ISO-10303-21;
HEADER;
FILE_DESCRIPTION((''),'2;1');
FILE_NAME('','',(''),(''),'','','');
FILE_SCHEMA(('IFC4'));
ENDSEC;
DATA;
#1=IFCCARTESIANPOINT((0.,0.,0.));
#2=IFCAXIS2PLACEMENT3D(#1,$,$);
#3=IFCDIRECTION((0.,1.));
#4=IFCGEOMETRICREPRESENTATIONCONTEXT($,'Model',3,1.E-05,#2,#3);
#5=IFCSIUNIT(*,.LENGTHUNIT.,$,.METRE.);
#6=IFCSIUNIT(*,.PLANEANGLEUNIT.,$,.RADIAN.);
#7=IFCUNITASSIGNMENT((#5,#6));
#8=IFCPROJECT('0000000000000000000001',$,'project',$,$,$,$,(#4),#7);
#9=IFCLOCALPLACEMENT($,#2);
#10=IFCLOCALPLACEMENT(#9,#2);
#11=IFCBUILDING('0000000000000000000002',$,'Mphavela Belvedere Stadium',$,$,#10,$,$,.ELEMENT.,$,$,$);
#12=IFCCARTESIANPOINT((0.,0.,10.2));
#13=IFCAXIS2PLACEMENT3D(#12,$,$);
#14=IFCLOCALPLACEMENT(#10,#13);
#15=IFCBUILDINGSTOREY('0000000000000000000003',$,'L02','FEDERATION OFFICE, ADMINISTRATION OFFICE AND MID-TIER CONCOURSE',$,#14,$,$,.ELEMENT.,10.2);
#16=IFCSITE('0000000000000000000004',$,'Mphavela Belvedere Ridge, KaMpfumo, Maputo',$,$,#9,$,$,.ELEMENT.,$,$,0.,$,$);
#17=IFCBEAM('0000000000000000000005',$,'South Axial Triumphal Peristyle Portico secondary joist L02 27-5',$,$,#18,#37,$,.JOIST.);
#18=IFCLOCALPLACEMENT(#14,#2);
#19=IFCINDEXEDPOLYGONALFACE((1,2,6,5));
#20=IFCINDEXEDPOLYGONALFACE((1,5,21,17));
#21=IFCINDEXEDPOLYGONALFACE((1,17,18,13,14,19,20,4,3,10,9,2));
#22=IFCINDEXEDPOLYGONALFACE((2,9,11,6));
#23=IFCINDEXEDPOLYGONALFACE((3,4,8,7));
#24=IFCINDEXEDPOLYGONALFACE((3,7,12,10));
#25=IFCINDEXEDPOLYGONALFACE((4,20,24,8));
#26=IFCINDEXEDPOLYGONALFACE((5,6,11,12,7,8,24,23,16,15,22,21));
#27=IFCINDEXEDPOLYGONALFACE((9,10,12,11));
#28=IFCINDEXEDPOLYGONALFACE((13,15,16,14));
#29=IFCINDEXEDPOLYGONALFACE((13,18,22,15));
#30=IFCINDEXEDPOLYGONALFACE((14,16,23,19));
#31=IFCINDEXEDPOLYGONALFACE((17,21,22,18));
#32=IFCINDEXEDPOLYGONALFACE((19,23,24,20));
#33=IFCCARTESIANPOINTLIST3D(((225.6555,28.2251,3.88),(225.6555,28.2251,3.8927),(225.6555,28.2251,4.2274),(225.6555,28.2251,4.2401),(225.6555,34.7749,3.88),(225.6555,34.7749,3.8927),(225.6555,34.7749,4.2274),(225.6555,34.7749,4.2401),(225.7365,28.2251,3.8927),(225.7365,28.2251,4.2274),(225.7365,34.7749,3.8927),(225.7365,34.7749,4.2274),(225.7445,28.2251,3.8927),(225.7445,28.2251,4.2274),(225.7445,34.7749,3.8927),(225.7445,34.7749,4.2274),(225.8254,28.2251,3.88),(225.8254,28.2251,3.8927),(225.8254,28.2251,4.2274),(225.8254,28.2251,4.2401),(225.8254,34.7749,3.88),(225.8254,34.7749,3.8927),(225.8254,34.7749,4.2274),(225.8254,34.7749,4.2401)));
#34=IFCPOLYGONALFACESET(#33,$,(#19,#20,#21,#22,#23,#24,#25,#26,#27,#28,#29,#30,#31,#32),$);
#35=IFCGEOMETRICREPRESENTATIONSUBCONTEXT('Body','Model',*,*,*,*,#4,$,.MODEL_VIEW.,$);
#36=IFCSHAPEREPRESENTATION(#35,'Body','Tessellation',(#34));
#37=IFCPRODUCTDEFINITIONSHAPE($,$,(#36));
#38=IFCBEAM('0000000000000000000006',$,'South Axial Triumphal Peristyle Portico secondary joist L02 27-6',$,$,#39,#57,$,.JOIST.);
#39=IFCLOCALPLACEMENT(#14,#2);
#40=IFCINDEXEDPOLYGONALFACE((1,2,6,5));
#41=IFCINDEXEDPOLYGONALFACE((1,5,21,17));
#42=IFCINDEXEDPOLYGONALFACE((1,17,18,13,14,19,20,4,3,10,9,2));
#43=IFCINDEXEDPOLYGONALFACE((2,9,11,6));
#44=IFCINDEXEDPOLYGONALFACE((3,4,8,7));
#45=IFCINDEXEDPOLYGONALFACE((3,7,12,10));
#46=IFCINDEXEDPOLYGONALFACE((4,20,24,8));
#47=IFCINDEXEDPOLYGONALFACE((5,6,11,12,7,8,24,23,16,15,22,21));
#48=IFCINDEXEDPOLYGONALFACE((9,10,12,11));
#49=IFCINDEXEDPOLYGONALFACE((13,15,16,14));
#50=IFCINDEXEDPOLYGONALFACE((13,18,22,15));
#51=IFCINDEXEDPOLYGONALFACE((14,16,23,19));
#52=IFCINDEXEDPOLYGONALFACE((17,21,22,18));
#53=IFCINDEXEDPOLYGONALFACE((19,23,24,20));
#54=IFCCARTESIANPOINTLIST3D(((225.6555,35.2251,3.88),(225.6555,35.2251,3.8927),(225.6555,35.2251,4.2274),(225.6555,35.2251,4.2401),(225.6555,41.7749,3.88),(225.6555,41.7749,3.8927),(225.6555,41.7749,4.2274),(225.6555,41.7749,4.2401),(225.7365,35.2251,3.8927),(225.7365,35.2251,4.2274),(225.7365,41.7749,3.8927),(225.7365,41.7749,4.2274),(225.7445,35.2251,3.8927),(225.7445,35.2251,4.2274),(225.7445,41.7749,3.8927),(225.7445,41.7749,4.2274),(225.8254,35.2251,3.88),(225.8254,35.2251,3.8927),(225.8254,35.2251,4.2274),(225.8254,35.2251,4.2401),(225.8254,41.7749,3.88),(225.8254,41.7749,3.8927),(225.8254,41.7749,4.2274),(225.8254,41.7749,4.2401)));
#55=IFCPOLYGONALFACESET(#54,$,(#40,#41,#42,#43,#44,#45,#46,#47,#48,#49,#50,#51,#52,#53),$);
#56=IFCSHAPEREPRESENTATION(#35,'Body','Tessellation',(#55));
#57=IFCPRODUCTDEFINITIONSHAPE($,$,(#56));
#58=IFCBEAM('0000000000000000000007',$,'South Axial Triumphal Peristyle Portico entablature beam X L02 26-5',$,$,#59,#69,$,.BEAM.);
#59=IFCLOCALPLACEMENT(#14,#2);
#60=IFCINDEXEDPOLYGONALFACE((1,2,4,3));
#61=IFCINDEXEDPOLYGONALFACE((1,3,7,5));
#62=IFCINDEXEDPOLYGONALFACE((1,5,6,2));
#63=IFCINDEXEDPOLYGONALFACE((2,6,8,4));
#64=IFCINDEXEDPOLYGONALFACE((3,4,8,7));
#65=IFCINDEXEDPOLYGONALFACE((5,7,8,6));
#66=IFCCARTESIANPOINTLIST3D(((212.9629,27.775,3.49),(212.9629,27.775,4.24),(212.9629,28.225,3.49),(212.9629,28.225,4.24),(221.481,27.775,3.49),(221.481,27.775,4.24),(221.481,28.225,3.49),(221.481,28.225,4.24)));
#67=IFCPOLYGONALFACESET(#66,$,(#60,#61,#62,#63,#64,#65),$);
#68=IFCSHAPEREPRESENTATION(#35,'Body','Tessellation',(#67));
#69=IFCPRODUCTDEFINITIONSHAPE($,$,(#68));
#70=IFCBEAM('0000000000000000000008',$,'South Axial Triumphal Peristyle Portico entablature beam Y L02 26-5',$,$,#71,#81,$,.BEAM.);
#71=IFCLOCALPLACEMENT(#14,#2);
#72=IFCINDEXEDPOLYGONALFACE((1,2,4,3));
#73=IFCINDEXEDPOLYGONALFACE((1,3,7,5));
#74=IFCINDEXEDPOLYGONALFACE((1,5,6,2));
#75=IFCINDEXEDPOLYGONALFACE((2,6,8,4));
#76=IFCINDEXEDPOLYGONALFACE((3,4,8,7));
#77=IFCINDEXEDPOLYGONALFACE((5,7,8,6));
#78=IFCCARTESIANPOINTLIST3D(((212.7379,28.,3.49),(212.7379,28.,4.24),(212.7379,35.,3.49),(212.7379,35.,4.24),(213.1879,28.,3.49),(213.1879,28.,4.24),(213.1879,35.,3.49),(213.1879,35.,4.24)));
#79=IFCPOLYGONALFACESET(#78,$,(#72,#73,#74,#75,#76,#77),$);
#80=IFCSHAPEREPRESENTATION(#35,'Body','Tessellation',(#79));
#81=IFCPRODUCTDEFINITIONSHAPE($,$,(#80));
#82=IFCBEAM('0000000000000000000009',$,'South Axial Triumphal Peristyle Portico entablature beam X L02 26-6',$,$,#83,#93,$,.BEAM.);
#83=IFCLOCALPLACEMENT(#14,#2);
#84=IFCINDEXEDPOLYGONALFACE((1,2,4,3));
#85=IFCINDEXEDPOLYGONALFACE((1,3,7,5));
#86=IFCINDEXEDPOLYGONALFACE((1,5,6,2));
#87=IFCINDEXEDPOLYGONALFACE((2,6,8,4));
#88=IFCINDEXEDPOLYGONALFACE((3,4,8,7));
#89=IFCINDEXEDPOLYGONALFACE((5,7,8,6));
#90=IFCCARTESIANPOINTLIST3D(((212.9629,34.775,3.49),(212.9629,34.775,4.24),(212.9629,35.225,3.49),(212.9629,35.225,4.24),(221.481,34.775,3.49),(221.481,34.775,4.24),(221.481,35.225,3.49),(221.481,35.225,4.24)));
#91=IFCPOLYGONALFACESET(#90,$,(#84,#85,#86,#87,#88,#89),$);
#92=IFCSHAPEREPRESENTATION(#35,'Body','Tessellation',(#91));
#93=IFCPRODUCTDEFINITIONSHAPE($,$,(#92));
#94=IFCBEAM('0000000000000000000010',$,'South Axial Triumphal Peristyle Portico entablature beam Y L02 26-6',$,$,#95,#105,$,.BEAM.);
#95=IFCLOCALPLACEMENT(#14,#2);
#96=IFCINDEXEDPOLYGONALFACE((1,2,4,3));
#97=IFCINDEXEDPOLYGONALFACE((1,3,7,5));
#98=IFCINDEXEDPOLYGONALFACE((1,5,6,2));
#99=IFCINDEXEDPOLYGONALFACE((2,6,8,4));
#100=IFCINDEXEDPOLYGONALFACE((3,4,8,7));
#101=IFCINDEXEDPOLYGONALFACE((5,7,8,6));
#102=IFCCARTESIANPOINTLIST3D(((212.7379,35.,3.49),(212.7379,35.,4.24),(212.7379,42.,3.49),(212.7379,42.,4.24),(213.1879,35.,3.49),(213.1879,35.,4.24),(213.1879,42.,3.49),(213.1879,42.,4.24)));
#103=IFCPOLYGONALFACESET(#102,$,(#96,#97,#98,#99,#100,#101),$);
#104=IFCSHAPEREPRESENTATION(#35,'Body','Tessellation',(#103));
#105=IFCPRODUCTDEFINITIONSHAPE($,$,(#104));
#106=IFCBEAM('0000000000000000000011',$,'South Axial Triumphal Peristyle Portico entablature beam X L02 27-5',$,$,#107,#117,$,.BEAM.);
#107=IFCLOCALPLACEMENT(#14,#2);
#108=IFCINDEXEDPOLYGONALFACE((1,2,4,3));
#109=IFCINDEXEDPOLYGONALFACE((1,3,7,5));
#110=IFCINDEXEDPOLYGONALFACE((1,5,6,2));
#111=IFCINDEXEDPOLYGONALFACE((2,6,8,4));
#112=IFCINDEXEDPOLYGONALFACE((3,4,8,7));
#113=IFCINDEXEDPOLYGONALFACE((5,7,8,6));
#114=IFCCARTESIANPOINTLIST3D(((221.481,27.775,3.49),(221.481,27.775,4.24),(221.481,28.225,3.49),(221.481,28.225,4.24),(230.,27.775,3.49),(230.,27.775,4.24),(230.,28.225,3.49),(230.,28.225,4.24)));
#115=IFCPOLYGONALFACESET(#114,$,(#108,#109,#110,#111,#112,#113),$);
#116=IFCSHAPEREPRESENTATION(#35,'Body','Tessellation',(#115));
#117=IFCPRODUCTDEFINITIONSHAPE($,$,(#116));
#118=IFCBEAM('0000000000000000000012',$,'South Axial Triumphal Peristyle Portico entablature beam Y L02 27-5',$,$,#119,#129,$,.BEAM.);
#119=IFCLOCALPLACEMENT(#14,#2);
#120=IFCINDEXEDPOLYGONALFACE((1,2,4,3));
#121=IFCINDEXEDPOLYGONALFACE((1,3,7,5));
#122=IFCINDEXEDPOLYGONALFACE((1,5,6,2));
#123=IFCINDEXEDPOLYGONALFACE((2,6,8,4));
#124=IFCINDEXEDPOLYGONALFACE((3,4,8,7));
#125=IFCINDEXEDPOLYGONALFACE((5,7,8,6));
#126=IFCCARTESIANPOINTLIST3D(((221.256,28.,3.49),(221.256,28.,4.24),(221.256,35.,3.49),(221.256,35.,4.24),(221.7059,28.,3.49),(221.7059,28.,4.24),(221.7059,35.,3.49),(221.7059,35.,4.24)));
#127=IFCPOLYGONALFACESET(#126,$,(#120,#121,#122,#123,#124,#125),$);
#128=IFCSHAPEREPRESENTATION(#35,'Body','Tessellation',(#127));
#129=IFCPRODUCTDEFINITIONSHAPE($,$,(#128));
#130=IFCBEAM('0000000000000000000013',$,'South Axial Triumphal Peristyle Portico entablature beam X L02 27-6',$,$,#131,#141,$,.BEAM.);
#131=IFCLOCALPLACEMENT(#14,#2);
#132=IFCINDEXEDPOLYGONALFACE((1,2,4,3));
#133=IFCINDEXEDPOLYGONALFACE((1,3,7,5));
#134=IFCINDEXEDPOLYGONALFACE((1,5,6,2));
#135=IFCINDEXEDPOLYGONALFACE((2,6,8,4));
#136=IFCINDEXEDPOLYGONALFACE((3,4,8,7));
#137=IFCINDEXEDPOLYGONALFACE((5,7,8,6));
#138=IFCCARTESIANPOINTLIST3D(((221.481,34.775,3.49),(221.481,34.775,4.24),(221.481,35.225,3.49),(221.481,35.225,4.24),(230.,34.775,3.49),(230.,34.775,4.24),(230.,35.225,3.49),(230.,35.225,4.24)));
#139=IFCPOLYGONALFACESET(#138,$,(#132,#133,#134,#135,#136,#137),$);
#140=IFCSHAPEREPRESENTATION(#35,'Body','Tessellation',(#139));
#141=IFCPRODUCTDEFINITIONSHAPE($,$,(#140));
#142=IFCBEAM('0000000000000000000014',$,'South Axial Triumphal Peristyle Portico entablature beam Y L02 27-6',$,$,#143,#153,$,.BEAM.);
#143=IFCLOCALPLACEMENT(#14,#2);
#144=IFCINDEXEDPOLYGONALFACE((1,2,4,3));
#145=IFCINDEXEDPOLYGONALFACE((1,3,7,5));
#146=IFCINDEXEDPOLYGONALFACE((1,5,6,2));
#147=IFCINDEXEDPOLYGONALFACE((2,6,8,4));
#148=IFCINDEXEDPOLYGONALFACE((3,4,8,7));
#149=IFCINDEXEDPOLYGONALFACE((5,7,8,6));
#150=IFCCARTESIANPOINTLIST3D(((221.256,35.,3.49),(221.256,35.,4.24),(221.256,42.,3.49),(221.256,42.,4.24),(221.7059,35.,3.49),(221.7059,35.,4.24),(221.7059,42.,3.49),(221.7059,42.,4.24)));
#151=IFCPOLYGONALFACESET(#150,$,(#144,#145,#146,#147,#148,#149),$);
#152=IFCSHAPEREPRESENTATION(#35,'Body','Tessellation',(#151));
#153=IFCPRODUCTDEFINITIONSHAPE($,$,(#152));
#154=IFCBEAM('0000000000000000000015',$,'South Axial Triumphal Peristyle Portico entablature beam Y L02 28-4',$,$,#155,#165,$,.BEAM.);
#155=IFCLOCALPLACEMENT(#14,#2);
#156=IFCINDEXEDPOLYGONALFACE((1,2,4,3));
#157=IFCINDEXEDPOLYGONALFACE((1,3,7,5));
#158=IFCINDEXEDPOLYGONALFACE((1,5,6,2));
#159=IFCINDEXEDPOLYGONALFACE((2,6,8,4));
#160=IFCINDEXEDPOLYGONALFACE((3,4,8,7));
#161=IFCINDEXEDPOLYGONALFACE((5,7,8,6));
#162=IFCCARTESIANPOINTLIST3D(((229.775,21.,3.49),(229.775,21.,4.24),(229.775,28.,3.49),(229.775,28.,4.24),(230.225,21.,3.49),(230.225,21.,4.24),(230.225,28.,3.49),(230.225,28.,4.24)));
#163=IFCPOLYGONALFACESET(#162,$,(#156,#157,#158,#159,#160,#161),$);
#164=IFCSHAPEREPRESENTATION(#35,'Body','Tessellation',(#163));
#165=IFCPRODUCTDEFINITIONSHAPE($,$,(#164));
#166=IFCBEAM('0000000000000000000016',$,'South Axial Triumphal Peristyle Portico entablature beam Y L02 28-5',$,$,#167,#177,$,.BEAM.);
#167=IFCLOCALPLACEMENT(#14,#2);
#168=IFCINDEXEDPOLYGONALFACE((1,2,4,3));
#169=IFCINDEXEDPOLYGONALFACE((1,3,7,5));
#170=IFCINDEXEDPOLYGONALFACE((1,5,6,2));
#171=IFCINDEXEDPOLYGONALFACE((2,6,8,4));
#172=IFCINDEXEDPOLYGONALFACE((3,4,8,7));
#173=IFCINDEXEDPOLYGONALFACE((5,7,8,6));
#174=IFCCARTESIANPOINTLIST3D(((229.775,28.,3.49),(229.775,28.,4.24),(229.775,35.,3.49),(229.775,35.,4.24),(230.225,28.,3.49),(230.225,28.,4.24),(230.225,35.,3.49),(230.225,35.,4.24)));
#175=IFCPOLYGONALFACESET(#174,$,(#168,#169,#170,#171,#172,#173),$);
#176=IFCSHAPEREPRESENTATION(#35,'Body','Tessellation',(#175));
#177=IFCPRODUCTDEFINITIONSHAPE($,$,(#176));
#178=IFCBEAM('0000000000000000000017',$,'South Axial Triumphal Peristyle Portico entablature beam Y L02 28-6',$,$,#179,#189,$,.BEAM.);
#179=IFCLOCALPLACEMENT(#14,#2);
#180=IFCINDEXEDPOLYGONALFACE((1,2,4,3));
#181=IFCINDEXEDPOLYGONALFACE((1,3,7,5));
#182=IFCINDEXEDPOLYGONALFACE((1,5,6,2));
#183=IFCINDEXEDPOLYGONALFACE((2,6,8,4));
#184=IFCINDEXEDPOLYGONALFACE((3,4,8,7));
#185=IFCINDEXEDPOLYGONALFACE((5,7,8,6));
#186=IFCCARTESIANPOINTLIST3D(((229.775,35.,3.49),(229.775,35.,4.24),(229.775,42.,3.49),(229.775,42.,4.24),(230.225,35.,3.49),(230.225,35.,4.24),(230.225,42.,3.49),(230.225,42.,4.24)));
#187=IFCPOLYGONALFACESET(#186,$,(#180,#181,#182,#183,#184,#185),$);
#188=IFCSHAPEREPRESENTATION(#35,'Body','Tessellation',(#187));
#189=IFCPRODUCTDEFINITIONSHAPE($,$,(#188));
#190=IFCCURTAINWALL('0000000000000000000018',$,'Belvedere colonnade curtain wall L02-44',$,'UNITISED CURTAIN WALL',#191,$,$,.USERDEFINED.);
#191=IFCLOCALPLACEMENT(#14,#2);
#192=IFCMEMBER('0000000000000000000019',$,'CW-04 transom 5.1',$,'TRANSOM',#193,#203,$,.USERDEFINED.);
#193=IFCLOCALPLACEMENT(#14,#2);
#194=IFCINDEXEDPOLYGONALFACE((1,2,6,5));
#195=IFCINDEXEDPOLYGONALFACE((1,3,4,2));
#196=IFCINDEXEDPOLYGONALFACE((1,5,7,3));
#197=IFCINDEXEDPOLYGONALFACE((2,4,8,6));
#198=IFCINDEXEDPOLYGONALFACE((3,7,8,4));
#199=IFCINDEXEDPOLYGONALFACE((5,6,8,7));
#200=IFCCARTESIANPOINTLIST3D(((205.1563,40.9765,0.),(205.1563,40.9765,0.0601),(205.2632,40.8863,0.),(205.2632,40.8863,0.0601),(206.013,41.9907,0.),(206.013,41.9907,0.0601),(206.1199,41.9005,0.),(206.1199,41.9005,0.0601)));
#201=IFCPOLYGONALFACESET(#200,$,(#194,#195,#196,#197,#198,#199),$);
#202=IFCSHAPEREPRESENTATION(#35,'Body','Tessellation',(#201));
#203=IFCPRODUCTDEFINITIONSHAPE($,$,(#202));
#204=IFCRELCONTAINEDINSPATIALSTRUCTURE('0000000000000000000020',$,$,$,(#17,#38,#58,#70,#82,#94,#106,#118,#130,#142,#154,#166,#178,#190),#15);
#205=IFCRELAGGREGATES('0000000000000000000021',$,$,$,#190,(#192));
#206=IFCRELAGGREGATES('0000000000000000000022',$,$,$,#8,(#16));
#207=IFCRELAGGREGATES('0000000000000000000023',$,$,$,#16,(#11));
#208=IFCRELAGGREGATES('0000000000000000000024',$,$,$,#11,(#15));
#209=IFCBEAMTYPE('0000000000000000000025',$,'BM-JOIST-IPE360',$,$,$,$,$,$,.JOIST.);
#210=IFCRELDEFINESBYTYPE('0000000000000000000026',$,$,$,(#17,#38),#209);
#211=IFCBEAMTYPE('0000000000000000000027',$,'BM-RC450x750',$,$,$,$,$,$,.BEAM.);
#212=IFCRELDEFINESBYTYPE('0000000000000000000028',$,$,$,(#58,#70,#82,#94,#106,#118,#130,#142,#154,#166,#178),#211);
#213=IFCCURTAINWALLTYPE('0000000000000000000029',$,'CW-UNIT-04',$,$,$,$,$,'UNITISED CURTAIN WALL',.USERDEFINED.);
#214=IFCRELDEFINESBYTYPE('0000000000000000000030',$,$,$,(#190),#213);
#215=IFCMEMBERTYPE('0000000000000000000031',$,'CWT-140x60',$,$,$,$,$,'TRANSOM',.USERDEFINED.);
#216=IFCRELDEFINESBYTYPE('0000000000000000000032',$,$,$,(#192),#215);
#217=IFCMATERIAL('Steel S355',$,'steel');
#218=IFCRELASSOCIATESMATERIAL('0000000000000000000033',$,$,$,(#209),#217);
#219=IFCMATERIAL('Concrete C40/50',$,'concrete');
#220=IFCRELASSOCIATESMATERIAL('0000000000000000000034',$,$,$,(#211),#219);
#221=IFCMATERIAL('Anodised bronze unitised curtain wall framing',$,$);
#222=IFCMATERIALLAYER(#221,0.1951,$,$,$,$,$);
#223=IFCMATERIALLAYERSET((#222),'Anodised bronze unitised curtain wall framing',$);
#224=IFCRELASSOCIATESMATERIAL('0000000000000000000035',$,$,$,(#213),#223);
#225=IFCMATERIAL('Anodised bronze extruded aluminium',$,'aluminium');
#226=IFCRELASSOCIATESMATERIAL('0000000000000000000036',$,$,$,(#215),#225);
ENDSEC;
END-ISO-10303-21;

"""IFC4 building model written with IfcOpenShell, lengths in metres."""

from ifc_helpers import new_model, si_unit, direction, frame, origin, origin_2d, place, context, subcontext, project, spatial, rectangle, i_section, extrude, material, layer, layer_set, material_profile, profile_set, type_object, element, aggregate, save


model = new_model("IFC4")

# Units and contexts
model_context = context("Model", 3, precision=1e-05, world=origin(), true_north=direction((0.0, 1.0)))
body_context = subcontext(model_context, "Body", "Model", "MODEL_VIEW")
ifc_project = project(units=[si_unit("LENGTHUNIT", "METRE"), si_unit("PLANEANGLEUNIT", "RADIAN")], contexts=[model_context])

# Site, building, storey
site_placement = place(None, origin())
site = spatial("IfcSite", under=ifc_project, at=site_placement, Name="Mphavela Belvedere Ridge, KaMpfumo, Maputo", CompositionType="ELEMENT", RefElevation=0.0)
building_placement = place(site_placement, origin())
building = spatial("IfcBuilding", under=site, at=building_placement, Name="Mphavela Belvedere Stadium", CompositionType="ELEMENT")
storey_placement = place(building_placement, frame((0.0, 0.0, 10.2)))
storey = spatial("IfcBuildingStorey", under=building, at=storey_placement, Name="L02", Description="FEDERATION OFFICE, ADMINISTRATION OFFICE AND MID-TIER CONCOURSE", CompositionType="ELEMENT", Elevation=10.2)

# Beams
ifc_material_1 = material(Name="Steel S355", Category="steel")
ifc_material_profile_1 = material_profile(ifc_material_1, i_section(OverallWidth=0.1699, OverallDepth=0.3601, WebThickness=0.0081, FlangeThickness=0.0127, at=origin_2d()), Name="IPE 360")
ifc_profile_set_1 = profile_set([ifc_material_profile_1], Name="Steel S355")
beam_type_1 = type_object("IfcBeamType", Name="BM-JOIST-IPE360", PredefinedType="JOIST", material=ifc_profile_set_1)
for number, where, z_axis, x_axis, name in (
    (1, (225.7405, 28.2251, 4.0601), (0.0, 1.0, 0.0), (-1.0, 0.0, 0.0), "South Axial Triumphal Peristyle Portico secondary joist L02 27-5"),
    (2, (225.7405, 35.2251, 4.0601), (0.0, 1.0, 0.0), (-1.0, 0.0, 0.0), "South Axial Triumphal Peristyle Portico secondary joist L02 27-6"),
):
    element("IfcBeam", number, at=place(storey_placement, frame(where, z_axis=z_axis, x_axis=x_axis)), inside=storey, type_object=beam_type_1, Name=name, PredefinedType="JOIST", context=body_context, shape_type="SweptSolid", body=[
        extrude(i_section(OverallWidth=0.1699, OverallDepth=0.3601, WebThickness=0.0081, FlangeThickness=0.0127, at=origin_2d()), origin(), (0.0, 0.0, 1.0), 6.5498),
    ])
ifc_material_2 = material(Name="Concrete C40/50", Category="concrete")
ifc_material_profile_2 = material_profile(ifc_material_2, rectangle(XDim=0.45, YDim=0.75, at=origin_2d()), Name="RC 450x750")
ifc_profile_set_2 = profile_set([ifc_material_profile_2], Name="Concrete C40/50")
beam_type_2 = type_object("IfcBeamType", Name="BM-RC450x750", PredefinedType="BEAM", material=ifc_profile_set_2)
beam_1_placement = place(storey_placement, frame((212.9629, 28.0, 3.865), z_axis=(1.0, 0.0, 0.0), x_axis=(0.0, 1.0, 0.0)))
element("IfcBeam", 3, at=beam_1_placement, inside=storey, type_object=beam_type_2, Name="South Axial Triumphal Peristyle Portico entablature beam X L02 26-5", PredefinedType="BEAM", context=body_context, shape_type="SweptSolid", body=[
    extrude(rectangle(XDim=0.45, YDim=0.75, at=origin_2d()), origin(), (0.0, 0.0, 1.0), 8.5181),
])
beam_2_placement = place(storey_placement, frame((212.9629, 28.0, 3.865), z_axis=(0.0, 1.0, 0.0), x_axis=(-1.0, 0.0, 0.0)))
element("IfcBeam", 4, at=beam_2_placement, inside=storey, type_object=beam_type_2, Name="South Axial Triumphal Peristyle Portico entablature beam Y L02 26-5", PredefinedType="BEAM", context=body_context, shape_type="SweptSolid", body=[
    extrude(rectangle(XDim=0.45, YDim=0.75, at=origin_2d()), origin(), (0.0, 0.0, 1.0), 7.0),
])
beam_3_placement = place(storey_placement, frame((212.9629, 35.0, 3.865), z_axis=(1.0, 0.0, 0.0), x_axis=(0.0, 1.0, 0.0)))
element("IfcBeam", 5, at=beam_3_placement, inside=storey, type_object=beam_type_2, Name="South Axial Triumphal Peristyle Portico entablature beam X L02 26-6", PredefinedType="BEAM", context=body_context, shape_type="SweptSolid", body=[
    extrude(rectangle(XDim=0.45, YDim=0.75, at=origin_2d()), origin(), (0.0, 0.0, 1.0), 8.5181),
])
beam_4_placement = place(storey_placement, frame((212.9629, 35.0, 3.865), z_axis=(0.0, 1.0, 0.0), x_axis=(-1.0, 0.0, 0.0)))
element("IfcBeam", 6, at=beam_4_placement, inside=storey, type_object=beam_type_2, Name="South Axial Triumphal Peristyle Portico entablature beam Y L02 26-6", PredefinedType="BEAM", context=body_context, shape_type="SweptSolid", body=[
    extrude(rectangle(XDim=0.45, YDim=0.75, at=origin_2d()), origin(), (0.0, 0.0, 1.0), 7.0),
])
beam_5_placement = place(storey_placement, frame((221.481, 28.0, 3.865), z_axis=(1.0, 0.0, 0.0), x_axis=(0.0, 1.0, 0.0)))
element("IfcBeam", 7, at=beam_5_placement, inside=storey, type_object=beam_type_2, Name="South Axial Triumphal Peristyle Portico entablature beam X L02 27-5", PredefinedType="BEAM", context=body_context, shape_type="SweptSolid", body=[
    extrude(rectangle(XDim=0.45, YDim=0.75, at=origin_2d()), origin(), (0.0, 0.0, 1.0), 8.519),
])
beam_6_placement = place(storey_placement, frame((221.481, 28.0, 3.865), z_axis=(0.0, 1.0, 0.0), x_axis=(-1.0, 0.0, 0.0)))
element("IfcBeam", 8, at=beam_6_placement, inside=storey, type_object=beam_type_2, Name="South Axial Triumphal Peristyle Portico entablature beam Y L02 27-5", PredefinedType="BEAM", context=body_context, shape_type="SweptSolid", body=[
    extrude(rectangle(XDim=0.45, YDim=0.75, at=origin_2d()), origin(), (0.0, 0.0, 1.0), 7.0),
])
beam_7_placement = place(storey_placement, frame((221.481, 35.0, 3.865), z_axis=(1.0, 0.0, 0.0), x_axis=(0.0, 1.0, 0.0)))
element("IfcBeam", 9, at=beam_7_placement, inside=storey, type_object=beam_type_2, Name="South Axial Triumphal Peristyle Portico entablature beam X L02 27-6", PredefinedType="BEAM", context=body_context, shape_type="SweptSolid", body=[
    extrude(rectangle(XDim=0.45, YDim=0.75, at=origin_2d()), origin(), (0.0, 0.0, 1.0), 8.519),
])
for number, where, z_axis, x_axis, name in (
    (10, (221.481, 35.0, 3.865), (0.0, 1.0, 0.0), (-1.0, 0.0, 0.0), "South Axial Triumphal Peristyle Portico entablature beam Y L02 27-6"),
    (11, (230.0, 21.0, 3.865), (0.0, 1.0, 0.0), (-1.0, 0.0, 0.0), "South Axial Triumphal Peristyle Portico entablature beam Y L02 28-4"),
    (12, (230.0, 28.0, 3.865), (0.0, 1.0, 0.0), (-1.0, 0.0, 0.0), "South Axial Triumphal Peristyle Portico entablature beam Y L02 28-5"),
    (13, (230.0, 35.0, 3.865), (0.0, 1.0, 0.0), (-1.0, 0.0, 0.0), "South Axial Triumphal Peristyle Portico entablature beam Y L02 28-6"),
):
    element("IfcBeam", number, at=place(storey_placement, frame(where, z_axis=z_axis, x_axis=x_axis)), inside=storey, type_object=beam_type_2, Name=name, PredefinedType="BEAM", context=body_context, shape_type="SweptSolid", body=[
        extrude(rectangle(XDim=0.45, YDim=0.75, at=origin_2d()), origin(), (0.0, 0.0, 1.0), 7.0),
    ])

# Curtain wall, member
ifc_material_3 = material(Name="Anodised bronze unitised curtain wall framing")
ifc_layer_1 = layer(ifc_material_3, 0.1951)
ifc_layer_set_1 = layer_set([ifc_layer_1], Name="Anodised bronze unitised curtain wall framing")
curtain_wall_type = type_object("IfcCurtainWallType", Name="CW-UNIT-04", ElementType="UNITISED CURTAIN WALL", PredefinedType="USERDEFINED", material=ifc_layer_set_1)
curtain_wall_placement = place(storey_placement, origin())
curtain_wall = element("IfcCurtainWall", 14, at=curtain_wall_placement, inside=storey, type_object=curtain_wall_type, Name="Belvedere colonnade curtain wall L02-44", ObjectType="UNITISED CURTAIN WALL", PredefinedType="USERDEFINED")
ifc_material_4 = material(Name="Anodised bronze extruded aluminium", Category="aluminium")
ifc_material_profile_3 = material_profile(ifc_material_4, rectangle(XDim=0.1399, YDim=0.0601, at=origin_2d()), Name="CW-TRN 140x60")
ifc_profile_set_3 = profile_set([ifc_material_profile_3], Name="Anodised bronze extruded aluminium")
member_type = type_object("IfcMemberType", Name="CWT-140x60", ElementType="TRANSOM", PredefinedType="USERDEFINED", material=ifc_profile_set_3)
member_1_placement = place(storey_placement, frame((205.2097, 40.9314, 0.03), z_axis=(0.645307, 0.763923, 0.0), x_axis=(-0.763923, 0.645307, 0.0)))
member_1 = element("IfcMember", 15, at=member_1_placement, type_object=member_type, Name="CW-04 transom 5.1", ObjectType="TRANSOM", PredefinedType="USERDEFINED", context=body_context, shape_type="SweptSolid", body=[
    extrude(rectangle(XDim=0.1399, YDim=0.0601, at=origin_2d()), origin(), (0.0, 0.0, 1.0), 1.3276),
])
aggregate(curtain_wall, [member_1])

save(model, "model.ifc")
